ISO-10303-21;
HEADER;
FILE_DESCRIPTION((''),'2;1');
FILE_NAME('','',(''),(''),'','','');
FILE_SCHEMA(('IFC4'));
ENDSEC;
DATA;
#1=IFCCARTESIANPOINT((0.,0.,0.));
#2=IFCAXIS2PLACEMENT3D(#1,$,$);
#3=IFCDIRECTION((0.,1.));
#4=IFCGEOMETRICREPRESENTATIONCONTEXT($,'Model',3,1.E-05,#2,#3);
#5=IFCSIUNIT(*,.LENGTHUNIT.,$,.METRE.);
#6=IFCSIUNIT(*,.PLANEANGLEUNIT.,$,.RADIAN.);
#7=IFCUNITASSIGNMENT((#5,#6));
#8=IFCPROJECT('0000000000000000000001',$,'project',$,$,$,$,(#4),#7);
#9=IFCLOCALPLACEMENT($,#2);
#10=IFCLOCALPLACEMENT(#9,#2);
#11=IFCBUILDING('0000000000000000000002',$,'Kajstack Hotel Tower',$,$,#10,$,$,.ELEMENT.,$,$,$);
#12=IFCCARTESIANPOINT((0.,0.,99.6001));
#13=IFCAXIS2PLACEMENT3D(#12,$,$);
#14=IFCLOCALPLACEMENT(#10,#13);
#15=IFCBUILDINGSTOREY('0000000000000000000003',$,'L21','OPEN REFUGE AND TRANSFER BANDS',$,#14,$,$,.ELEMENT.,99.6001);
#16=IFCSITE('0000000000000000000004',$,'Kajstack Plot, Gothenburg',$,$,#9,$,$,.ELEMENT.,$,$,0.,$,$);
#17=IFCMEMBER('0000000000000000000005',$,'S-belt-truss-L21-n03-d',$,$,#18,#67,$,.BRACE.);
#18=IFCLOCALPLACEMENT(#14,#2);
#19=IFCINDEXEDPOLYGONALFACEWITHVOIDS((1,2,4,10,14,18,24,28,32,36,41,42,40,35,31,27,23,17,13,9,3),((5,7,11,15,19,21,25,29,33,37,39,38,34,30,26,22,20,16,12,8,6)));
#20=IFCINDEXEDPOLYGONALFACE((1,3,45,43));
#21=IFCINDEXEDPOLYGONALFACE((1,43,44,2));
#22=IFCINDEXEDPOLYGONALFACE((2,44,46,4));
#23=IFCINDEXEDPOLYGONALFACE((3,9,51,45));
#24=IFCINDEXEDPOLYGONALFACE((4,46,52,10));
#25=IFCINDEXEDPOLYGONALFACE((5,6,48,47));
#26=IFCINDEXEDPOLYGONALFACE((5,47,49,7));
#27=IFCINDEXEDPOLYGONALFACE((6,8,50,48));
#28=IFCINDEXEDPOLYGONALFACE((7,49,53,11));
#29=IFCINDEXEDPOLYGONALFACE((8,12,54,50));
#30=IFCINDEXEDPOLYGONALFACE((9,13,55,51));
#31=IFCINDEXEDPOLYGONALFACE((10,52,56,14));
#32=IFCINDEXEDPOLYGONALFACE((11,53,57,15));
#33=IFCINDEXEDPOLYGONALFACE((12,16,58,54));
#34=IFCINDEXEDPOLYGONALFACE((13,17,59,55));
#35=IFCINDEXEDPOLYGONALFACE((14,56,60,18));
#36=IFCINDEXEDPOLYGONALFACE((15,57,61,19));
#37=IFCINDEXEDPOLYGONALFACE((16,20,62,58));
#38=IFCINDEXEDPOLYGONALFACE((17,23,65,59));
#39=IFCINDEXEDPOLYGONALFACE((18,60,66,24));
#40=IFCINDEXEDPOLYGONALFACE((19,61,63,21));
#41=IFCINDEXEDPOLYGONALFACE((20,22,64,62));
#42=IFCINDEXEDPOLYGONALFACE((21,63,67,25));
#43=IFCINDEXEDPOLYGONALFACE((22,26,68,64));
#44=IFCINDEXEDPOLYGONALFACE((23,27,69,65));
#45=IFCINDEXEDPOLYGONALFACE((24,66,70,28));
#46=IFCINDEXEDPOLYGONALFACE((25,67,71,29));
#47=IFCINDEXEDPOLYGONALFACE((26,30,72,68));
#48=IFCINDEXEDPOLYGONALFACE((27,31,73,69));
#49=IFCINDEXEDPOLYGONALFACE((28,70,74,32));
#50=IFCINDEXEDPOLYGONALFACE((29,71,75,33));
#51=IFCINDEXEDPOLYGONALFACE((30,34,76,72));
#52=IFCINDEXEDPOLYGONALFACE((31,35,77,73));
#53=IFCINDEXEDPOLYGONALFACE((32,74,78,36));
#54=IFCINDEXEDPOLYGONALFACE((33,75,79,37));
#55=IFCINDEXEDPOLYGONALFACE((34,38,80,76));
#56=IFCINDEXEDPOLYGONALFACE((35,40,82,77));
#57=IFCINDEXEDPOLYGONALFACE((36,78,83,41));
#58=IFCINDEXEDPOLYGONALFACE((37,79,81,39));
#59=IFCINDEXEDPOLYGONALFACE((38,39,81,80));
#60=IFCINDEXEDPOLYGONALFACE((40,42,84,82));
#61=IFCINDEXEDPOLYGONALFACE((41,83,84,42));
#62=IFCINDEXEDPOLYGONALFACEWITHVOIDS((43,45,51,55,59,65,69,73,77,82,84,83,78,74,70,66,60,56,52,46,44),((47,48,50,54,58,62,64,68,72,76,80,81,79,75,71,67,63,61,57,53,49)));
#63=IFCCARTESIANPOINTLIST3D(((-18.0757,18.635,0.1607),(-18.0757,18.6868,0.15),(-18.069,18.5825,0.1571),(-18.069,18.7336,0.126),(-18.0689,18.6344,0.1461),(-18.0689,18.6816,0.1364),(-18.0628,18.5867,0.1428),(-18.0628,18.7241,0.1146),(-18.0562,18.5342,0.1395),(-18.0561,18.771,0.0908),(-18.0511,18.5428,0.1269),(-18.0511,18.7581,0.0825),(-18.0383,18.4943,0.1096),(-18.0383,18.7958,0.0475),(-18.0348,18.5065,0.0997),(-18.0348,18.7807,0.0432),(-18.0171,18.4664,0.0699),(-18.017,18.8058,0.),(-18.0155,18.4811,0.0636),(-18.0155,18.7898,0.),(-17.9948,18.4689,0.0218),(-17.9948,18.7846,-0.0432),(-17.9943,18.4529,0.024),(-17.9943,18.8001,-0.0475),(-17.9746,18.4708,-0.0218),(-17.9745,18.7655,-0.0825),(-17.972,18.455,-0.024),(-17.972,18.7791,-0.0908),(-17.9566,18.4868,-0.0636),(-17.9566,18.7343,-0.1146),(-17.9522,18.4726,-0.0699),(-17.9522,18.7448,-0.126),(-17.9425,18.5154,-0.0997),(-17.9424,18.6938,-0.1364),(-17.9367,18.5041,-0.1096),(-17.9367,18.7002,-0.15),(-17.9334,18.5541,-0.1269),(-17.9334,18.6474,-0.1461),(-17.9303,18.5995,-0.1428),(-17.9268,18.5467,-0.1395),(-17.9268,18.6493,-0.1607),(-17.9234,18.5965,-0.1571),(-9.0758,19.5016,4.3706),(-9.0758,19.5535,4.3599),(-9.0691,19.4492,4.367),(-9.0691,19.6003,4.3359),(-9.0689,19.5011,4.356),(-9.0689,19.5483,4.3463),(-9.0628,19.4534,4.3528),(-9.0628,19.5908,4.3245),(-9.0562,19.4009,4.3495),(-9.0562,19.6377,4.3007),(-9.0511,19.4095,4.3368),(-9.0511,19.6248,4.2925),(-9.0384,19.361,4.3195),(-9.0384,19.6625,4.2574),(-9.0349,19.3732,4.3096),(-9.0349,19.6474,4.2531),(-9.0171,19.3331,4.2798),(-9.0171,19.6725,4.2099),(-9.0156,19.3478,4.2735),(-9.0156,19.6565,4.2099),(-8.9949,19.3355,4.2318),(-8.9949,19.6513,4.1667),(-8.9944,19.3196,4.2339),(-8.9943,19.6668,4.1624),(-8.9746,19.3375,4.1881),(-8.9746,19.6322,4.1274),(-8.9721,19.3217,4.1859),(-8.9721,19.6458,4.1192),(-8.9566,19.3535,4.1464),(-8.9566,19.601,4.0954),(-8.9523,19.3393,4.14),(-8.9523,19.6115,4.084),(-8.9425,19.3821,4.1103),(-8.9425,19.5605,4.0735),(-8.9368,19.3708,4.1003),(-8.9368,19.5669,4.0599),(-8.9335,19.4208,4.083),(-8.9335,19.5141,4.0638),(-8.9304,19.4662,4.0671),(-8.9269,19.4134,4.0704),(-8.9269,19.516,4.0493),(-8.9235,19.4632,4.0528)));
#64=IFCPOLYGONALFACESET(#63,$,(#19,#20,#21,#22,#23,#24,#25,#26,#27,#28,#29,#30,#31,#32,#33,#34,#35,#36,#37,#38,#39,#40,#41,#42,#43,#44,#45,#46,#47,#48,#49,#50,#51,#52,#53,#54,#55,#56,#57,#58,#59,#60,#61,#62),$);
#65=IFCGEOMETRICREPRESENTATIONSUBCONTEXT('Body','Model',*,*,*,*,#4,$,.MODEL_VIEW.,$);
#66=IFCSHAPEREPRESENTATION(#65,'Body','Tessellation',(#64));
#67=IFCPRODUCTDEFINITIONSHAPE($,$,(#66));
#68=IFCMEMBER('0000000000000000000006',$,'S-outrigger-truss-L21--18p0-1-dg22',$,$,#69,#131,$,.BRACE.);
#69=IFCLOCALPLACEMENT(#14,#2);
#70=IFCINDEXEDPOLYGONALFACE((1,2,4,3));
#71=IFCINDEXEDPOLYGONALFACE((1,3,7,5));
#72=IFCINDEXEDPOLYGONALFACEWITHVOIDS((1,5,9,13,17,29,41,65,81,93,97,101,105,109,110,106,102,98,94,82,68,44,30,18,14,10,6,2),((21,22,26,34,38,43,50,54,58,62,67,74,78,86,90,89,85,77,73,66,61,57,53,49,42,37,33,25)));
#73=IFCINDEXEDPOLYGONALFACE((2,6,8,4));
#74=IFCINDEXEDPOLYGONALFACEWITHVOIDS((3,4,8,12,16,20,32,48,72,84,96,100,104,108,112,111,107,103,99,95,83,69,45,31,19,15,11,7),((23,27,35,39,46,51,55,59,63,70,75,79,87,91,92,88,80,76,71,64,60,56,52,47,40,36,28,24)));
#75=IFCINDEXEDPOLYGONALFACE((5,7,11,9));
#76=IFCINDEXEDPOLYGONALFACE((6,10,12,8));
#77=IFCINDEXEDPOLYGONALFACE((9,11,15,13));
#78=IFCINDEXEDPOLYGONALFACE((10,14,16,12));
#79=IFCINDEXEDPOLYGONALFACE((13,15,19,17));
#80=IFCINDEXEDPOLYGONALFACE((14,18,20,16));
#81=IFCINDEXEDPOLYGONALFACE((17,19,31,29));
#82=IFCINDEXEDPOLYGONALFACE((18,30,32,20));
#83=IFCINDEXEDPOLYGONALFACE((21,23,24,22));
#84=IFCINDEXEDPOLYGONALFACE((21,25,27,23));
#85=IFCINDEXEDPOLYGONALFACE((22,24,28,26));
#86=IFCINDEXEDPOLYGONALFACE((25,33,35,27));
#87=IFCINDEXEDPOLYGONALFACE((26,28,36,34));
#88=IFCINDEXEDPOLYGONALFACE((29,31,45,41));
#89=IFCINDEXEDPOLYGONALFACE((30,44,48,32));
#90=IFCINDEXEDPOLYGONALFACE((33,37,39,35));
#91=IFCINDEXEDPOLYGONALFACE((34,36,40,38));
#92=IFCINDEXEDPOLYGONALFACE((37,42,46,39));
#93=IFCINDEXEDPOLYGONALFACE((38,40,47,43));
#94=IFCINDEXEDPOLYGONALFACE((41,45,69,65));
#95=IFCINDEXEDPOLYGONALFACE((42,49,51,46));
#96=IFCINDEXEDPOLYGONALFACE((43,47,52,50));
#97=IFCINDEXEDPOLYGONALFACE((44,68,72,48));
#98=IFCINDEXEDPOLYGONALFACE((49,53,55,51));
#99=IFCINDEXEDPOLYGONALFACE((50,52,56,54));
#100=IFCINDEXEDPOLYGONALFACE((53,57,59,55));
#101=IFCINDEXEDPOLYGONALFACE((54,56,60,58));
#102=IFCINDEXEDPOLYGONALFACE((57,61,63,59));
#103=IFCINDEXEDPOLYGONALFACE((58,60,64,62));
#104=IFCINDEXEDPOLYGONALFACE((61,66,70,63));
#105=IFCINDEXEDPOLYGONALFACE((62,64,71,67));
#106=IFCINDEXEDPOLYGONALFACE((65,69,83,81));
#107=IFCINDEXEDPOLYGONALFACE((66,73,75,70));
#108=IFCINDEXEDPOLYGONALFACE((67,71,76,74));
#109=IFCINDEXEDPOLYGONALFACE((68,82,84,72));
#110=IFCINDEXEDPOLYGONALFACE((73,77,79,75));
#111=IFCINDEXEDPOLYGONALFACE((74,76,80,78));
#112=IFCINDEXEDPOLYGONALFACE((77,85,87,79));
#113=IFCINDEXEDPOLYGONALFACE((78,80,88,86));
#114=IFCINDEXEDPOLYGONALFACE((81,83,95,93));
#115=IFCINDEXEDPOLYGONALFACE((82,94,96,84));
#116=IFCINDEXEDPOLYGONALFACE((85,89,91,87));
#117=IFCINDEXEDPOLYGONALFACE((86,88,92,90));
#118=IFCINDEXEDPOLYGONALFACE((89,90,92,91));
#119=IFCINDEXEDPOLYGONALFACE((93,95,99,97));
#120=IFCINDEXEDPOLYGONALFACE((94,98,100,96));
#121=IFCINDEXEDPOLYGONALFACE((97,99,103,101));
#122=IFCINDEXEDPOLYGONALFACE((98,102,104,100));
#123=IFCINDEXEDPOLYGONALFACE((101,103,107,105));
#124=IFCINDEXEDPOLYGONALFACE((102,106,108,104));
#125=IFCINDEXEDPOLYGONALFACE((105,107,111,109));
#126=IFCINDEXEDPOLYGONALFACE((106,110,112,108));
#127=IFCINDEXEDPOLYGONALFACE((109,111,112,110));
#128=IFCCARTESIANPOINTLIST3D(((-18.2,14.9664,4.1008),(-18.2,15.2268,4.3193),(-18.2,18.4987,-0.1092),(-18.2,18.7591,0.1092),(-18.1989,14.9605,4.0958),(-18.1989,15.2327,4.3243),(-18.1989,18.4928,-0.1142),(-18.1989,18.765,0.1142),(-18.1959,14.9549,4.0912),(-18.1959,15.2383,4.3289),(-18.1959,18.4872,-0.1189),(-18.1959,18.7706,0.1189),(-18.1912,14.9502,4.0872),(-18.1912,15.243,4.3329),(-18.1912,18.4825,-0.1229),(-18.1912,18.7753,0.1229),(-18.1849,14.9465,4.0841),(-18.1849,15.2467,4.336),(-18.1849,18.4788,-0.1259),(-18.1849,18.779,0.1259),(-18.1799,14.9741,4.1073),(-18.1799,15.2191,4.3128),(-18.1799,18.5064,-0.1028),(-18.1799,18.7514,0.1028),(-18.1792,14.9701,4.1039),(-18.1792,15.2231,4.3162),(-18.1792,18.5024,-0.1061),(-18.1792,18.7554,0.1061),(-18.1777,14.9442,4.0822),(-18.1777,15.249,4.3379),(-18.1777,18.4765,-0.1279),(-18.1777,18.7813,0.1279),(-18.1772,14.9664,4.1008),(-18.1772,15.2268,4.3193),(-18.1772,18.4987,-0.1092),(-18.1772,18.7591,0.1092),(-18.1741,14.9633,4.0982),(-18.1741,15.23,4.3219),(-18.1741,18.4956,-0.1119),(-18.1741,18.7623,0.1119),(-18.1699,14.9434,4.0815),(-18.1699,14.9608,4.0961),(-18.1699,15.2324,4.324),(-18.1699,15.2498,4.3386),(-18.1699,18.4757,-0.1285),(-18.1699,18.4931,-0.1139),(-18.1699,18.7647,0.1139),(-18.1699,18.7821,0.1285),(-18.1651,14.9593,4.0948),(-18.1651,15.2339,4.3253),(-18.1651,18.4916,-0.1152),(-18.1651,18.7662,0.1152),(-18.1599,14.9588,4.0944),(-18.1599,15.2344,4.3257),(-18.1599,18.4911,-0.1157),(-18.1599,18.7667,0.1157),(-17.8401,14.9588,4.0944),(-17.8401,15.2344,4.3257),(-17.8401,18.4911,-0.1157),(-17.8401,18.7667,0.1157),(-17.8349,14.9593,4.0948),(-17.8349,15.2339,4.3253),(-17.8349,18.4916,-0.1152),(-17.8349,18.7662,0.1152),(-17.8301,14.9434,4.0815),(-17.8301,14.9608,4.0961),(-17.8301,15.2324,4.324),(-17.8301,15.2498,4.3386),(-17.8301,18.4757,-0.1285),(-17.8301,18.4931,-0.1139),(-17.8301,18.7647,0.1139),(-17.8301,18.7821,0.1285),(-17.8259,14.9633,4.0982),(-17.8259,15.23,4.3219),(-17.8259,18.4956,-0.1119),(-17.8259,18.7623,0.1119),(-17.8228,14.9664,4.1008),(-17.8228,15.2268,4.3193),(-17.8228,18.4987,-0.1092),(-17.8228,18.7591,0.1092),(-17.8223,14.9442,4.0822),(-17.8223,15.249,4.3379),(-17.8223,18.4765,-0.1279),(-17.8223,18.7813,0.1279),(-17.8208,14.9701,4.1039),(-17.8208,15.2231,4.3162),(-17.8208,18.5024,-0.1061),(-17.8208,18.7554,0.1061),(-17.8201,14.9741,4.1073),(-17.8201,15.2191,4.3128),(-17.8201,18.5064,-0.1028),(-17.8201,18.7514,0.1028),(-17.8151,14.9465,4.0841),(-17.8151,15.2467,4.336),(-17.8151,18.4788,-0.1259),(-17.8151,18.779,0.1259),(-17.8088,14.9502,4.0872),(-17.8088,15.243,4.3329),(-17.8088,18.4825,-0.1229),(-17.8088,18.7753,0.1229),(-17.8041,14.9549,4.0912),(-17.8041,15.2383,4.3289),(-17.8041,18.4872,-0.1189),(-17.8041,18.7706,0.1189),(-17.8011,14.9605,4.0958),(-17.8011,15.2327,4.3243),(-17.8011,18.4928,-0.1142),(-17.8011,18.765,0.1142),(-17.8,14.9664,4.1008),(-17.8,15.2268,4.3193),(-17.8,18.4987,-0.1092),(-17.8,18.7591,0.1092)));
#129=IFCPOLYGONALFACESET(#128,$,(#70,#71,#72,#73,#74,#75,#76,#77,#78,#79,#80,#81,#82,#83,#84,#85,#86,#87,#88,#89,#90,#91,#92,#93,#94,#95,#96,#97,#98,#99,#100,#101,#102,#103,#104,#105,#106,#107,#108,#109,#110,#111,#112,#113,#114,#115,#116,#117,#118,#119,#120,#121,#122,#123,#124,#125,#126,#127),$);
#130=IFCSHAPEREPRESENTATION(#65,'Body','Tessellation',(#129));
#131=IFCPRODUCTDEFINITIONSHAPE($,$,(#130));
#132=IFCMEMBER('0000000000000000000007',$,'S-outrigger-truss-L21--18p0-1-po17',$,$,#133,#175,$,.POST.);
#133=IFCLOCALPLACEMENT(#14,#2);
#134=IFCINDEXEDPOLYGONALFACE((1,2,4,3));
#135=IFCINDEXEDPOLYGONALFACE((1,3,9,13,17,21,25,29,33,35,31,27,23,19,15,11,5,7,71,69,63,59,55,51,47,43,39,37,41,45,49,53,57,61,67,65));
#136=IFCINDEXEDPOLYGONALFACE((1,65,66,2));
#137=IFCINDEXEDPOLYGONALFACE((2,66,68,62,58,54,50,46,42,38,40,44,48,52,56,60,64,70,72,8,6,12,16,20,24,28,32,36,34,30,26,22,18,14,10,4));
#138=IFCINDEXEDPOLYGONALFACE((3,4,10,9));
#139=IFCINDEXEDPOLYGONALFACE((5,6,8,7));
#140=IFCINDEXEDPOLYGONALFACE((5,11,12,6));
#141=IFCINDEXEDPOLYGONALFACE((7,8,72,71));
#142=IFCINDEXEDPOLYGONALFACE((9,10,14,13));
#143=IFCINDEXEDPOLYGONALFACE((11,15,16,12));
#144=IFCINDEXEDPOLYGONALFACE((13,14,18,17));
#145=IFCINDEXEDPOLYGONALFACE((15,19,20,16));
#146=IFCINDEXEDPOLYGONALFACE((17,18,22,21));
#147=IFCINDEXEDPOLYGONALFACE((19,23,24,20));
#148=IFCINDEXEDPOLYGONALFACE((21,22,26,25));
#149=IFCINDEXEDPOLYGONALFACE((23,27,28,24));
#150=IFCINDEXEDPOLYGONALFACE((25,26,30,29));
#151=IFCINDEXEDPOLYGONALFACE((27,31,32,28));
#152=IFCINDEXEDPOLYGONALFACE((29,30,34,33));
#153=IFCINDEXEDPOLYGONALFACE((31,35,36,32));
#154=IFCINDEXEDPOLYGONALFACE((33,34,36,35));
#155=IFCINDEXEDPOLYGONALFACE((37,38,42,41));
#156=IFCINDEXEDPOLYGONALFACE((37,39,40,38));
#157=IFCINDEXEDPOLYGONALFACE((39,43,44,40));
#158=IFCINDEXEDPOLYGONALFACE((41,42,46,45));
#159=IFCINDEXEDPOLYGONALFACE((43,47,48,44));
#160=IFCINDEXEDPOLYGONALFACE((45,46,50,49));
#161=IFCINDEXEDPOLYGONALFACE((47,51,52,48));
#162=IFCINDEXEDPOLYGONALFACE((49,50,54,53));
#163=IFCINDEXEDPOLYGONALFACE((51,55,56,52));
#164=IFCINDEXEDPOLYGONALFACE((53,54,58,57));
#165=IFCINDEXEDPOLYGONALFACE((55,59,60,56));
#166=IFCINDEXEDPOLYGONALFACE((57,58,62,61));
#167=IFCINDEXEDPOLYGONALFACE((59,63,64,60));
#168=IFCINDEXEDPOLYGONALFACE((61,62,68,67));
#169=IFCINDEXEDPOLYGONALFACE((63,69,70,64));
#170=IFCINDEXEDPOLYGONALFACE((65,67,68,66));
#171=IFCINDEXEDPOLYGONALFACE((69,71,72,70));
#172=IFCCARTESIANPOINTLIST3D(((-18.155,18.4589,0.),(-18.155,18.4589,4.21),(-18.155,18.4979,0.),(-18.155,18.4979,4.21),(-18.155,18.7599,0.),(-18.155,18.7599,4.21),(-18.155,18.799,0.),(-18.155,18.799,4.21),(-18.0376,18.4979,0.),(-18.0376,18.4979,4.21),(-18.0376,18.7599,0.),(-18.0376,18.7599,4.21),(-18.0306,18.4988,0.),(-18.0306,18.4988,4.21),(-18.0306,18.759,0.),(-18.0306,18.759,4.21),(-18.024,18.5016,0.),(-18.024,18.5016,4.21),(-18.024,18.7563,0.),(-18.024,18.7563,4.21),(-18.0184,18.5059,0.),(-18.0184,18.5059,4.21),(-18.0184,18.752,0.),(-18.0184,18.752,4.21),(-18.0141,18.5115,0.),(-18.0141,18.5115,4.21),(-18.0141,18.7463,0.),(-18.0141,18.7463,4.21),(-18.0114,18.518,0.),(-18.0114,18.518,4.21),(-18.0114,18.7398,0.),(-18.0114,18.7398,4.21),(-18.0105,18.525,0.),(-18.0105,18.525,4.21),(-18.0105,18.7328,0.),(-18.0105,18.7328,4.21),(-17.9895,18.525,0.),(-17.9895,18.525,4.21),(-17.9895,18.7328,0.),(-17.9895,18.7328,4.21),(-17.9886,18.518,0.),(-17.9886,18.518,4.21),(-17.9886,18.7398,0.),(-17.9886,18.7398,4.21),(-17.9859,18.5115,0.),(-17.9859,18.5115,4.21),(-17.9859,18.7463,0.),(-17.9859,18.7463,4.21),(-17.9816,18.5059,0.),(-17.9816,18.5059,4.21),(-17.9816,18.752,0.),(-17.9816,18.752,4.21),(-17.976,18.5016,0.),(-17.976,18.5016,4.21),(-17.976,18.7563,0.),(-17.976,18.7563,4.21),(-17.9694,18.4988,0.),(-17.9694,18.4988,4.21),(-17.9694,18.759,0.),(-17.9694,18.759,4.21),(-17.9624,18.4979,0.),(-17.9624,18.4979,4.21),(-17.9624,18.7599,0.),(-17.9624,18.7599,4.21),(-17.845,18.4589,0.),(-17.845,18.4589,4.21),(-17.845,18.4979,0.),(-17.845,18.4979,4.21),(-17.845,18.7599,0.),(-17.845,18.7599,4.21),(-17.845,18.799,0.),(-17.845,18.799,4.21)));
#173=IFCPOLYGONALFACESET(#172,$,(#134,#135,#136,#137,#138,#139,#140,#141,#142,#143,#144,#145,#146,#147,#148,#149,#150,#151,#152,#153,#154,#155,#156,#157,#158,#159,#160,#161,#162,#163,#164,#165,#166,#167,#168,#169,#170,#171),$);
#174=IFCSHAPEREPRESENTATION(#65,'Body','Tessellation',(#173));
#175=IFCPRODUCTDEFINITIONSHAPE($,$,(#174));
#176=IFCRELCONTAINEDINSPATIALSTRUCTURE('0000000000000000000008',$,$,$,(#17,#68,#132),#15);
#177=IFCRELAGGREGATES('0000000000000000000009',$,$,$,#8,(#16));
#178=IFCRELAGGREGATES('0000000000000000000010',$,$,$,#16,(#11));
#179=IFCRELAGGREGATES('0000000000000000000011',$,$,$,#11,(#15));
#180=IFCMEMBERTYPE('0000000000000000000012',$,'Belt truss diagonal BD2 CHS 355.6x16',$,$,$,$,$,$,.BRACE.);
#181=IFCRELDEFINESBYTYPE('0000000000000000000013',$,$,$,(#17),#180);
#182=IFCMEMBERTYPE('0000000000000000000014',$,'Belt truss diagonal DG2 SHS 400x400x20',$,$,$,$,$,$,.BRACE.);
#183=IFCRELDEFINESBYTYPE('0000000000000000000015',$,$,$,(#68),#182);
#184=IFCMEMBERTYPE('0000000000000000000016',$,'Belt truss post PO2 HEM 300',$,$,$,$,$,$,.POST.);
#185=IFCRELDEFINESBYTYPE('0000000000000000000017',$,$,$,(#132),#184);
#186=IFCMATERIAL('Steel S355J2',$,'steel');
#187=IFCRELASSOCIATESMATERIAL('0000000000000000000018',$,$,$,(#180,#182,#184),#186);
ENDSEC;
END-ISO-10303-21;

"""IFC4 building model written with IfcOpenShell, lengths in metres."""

from ifc_helpers import new_model, si_unit, direction, frame, origin, origin_2d, place, context, subcontext, project, spatial, hollow_rectangle, hollow_circle, i_section, extrude, material, material_profile, profile_set, type_object, element, save


model = new_model("IFC4")

# Units and contexts
model_context = context("Model", 3, precision=1e-05, world=origin(), true_north=direction((0.0, 1.0)))
body_context = subcontext(model_context, "Body", "Model", "MODEL_VIEW")
ifc_project = project(units=[si_unit("LENGTHUNIT", "METRE"), si_unit("PLANEANGLEUNIT", "RADIAN")], contexts=[model_context])

# Site, building, storey
site_placement = place(None, origin())
site = spatial("IfcSite", under=ifc_project, at=site_placement, Name="Kajstack Plot, Gothenburg", CompositionType="ELEMENT", RefElevation=0.0)
building_placement = place(site_placement, origin())
building = spatial("IfcBuilding", under=site, at=building_placement, Name="Kajstack Hotel Tower", CompositionType="ELEMENT")
storey_placement = place(building_placement, frame((0.0, 0.0, 99.6001)))
storey = spatial("IfcBuildingStorey", under=building, at=storey_placement, Name="L21", Description="OPEN REFUGE AND TRANSFER BANDS", CompositionType="ELEMENT", Elevation=99.6001)

# Members
ifc_material_1 = material(Name="Steel S355J2", Category="steel")
ifc_material_profile_1 = material_profile(ifc_material_1, hollow_circle(Radius=0.1777, WallThickness=0.0161, at=origin_2d()), Name="CHS 355.6x16")
ifc_profile_set_1 = profile_set([ifc_material_profile_1], Name="Steel S355J2")
member_type_1 = type_object("IfcMemberType", Name="Belt truss diagonal BD2 CHS 355.6x16", PredefinedType="BRACE", material=ifc_profile_set_1)
for number, where, z_axis, x_axis, name in (
    (1, (-18.0, 18.6289, 0.0), (0.902372, 0.086898, 0.422106), (-0.095856, 0.995395, 0.0), "S-belt-truss-L21-n03-d"),
):
    element("IfcMember", number, at=place(storey_placement, frame(where, z_axis=z_axis, x_axis=x_axis)), inside=storey, type_object=member_type_1, Name=name, PredefinedType="BRACE", context=body_context, shape_type="SweptSolid", body=[
        extrude(hollow_circle(Radius=0.1777, WallThickness=0.0161, at=origin_2d()), origin(), (0.0, 0.0, 1.0), 9.9736),
    ])
ifc_material_profile_2 = material_profile(ifc_material_1, hollow_rectangle(XDim=0.3999, YDim=0.3999, WallThickness=0.02, InnerFilletRadius=0.02, OuterFilletRadius=0.03, at=origin_2d()), Name="SHS 400x400x20")
ifc_profile_set_2 = profile_set([ifc_material_profile_2], Name="Steel S355J2")
member_type_2 = type_object("IfcMemberType", Name="Belt truss diagonal DG2 SHS 400x400x20", PredefinedType="BRACE", material=ifc_profile_set_2)
member_1_placement = place(storey_placement, frame((-18.0, 18.6289, 0.0), z_axis=(0.0, -0.64275, 0.766076), x_axis=(1.0, 0.0, 0.0)))
element("IfcMember", 2, at=member_1_placement, inside=storey, type_object=member_type_2, Name="S-outrigger-truss-L21--18p0-1-dg22", PredefinedType="BRACE", context=body_context, shape_type="SweptSolid", body=[
    extrude(hollow_rectangle(XDim=0.3999, YDim=0.3999, WallThickness=0.02, InnerFilletRadius=0.02, OuterFilletRadius=0.03, at=origin_2d()), origin(), (0.0, 0.0, 1.0), 5.4956),
])
ifc_material_profile_3 = material_profile(ifc_material_1, i_section(OverallWidth=0.3101, OverallDepth=0.3401, WebThickness=0.021, FlangeThickness=0.0391, FilletRadius=0.0271, at=origin_2d()), Name="HEM 300")
ifc_profile_set_3 = profile_set([ifc_material_profile_3], Name="Steel S355J2")
member_type_3 = type_object("IfcMemberType", Name="Belt truss post PO2 HEM 300", PredefinedType="POST", material=ifc_profile_set_3)
for number, where, z_axis, x_axis, name in (
    (3, (-18.0, 18.6289, 0.0), (0.0, 0.0, 1.0), (1.0, 0.0, 0.0), "S-outrigger-truss-L21--18p0-1-po17"),
):
    element("IfcMember", number, at=place(storey_placement, frame(where, z_axis=z_axis, x_axis=x_axis)), inside=storey, type_object=member_type_3, Name=name, PredefinedType="POST", context=body_context, shape_type="SweptSolid", body=[
        extrude(i_section(OverallWidth=0.3101, OverallDepth=0.3401, WebThickness=0.021, FlangeThickness=0.0391, FilletRadius=0.0271, at=origin_2d()), origin(), (0.0, 0.0, 1.0), 4.21),
    ])

save(model, "model.ifc")
